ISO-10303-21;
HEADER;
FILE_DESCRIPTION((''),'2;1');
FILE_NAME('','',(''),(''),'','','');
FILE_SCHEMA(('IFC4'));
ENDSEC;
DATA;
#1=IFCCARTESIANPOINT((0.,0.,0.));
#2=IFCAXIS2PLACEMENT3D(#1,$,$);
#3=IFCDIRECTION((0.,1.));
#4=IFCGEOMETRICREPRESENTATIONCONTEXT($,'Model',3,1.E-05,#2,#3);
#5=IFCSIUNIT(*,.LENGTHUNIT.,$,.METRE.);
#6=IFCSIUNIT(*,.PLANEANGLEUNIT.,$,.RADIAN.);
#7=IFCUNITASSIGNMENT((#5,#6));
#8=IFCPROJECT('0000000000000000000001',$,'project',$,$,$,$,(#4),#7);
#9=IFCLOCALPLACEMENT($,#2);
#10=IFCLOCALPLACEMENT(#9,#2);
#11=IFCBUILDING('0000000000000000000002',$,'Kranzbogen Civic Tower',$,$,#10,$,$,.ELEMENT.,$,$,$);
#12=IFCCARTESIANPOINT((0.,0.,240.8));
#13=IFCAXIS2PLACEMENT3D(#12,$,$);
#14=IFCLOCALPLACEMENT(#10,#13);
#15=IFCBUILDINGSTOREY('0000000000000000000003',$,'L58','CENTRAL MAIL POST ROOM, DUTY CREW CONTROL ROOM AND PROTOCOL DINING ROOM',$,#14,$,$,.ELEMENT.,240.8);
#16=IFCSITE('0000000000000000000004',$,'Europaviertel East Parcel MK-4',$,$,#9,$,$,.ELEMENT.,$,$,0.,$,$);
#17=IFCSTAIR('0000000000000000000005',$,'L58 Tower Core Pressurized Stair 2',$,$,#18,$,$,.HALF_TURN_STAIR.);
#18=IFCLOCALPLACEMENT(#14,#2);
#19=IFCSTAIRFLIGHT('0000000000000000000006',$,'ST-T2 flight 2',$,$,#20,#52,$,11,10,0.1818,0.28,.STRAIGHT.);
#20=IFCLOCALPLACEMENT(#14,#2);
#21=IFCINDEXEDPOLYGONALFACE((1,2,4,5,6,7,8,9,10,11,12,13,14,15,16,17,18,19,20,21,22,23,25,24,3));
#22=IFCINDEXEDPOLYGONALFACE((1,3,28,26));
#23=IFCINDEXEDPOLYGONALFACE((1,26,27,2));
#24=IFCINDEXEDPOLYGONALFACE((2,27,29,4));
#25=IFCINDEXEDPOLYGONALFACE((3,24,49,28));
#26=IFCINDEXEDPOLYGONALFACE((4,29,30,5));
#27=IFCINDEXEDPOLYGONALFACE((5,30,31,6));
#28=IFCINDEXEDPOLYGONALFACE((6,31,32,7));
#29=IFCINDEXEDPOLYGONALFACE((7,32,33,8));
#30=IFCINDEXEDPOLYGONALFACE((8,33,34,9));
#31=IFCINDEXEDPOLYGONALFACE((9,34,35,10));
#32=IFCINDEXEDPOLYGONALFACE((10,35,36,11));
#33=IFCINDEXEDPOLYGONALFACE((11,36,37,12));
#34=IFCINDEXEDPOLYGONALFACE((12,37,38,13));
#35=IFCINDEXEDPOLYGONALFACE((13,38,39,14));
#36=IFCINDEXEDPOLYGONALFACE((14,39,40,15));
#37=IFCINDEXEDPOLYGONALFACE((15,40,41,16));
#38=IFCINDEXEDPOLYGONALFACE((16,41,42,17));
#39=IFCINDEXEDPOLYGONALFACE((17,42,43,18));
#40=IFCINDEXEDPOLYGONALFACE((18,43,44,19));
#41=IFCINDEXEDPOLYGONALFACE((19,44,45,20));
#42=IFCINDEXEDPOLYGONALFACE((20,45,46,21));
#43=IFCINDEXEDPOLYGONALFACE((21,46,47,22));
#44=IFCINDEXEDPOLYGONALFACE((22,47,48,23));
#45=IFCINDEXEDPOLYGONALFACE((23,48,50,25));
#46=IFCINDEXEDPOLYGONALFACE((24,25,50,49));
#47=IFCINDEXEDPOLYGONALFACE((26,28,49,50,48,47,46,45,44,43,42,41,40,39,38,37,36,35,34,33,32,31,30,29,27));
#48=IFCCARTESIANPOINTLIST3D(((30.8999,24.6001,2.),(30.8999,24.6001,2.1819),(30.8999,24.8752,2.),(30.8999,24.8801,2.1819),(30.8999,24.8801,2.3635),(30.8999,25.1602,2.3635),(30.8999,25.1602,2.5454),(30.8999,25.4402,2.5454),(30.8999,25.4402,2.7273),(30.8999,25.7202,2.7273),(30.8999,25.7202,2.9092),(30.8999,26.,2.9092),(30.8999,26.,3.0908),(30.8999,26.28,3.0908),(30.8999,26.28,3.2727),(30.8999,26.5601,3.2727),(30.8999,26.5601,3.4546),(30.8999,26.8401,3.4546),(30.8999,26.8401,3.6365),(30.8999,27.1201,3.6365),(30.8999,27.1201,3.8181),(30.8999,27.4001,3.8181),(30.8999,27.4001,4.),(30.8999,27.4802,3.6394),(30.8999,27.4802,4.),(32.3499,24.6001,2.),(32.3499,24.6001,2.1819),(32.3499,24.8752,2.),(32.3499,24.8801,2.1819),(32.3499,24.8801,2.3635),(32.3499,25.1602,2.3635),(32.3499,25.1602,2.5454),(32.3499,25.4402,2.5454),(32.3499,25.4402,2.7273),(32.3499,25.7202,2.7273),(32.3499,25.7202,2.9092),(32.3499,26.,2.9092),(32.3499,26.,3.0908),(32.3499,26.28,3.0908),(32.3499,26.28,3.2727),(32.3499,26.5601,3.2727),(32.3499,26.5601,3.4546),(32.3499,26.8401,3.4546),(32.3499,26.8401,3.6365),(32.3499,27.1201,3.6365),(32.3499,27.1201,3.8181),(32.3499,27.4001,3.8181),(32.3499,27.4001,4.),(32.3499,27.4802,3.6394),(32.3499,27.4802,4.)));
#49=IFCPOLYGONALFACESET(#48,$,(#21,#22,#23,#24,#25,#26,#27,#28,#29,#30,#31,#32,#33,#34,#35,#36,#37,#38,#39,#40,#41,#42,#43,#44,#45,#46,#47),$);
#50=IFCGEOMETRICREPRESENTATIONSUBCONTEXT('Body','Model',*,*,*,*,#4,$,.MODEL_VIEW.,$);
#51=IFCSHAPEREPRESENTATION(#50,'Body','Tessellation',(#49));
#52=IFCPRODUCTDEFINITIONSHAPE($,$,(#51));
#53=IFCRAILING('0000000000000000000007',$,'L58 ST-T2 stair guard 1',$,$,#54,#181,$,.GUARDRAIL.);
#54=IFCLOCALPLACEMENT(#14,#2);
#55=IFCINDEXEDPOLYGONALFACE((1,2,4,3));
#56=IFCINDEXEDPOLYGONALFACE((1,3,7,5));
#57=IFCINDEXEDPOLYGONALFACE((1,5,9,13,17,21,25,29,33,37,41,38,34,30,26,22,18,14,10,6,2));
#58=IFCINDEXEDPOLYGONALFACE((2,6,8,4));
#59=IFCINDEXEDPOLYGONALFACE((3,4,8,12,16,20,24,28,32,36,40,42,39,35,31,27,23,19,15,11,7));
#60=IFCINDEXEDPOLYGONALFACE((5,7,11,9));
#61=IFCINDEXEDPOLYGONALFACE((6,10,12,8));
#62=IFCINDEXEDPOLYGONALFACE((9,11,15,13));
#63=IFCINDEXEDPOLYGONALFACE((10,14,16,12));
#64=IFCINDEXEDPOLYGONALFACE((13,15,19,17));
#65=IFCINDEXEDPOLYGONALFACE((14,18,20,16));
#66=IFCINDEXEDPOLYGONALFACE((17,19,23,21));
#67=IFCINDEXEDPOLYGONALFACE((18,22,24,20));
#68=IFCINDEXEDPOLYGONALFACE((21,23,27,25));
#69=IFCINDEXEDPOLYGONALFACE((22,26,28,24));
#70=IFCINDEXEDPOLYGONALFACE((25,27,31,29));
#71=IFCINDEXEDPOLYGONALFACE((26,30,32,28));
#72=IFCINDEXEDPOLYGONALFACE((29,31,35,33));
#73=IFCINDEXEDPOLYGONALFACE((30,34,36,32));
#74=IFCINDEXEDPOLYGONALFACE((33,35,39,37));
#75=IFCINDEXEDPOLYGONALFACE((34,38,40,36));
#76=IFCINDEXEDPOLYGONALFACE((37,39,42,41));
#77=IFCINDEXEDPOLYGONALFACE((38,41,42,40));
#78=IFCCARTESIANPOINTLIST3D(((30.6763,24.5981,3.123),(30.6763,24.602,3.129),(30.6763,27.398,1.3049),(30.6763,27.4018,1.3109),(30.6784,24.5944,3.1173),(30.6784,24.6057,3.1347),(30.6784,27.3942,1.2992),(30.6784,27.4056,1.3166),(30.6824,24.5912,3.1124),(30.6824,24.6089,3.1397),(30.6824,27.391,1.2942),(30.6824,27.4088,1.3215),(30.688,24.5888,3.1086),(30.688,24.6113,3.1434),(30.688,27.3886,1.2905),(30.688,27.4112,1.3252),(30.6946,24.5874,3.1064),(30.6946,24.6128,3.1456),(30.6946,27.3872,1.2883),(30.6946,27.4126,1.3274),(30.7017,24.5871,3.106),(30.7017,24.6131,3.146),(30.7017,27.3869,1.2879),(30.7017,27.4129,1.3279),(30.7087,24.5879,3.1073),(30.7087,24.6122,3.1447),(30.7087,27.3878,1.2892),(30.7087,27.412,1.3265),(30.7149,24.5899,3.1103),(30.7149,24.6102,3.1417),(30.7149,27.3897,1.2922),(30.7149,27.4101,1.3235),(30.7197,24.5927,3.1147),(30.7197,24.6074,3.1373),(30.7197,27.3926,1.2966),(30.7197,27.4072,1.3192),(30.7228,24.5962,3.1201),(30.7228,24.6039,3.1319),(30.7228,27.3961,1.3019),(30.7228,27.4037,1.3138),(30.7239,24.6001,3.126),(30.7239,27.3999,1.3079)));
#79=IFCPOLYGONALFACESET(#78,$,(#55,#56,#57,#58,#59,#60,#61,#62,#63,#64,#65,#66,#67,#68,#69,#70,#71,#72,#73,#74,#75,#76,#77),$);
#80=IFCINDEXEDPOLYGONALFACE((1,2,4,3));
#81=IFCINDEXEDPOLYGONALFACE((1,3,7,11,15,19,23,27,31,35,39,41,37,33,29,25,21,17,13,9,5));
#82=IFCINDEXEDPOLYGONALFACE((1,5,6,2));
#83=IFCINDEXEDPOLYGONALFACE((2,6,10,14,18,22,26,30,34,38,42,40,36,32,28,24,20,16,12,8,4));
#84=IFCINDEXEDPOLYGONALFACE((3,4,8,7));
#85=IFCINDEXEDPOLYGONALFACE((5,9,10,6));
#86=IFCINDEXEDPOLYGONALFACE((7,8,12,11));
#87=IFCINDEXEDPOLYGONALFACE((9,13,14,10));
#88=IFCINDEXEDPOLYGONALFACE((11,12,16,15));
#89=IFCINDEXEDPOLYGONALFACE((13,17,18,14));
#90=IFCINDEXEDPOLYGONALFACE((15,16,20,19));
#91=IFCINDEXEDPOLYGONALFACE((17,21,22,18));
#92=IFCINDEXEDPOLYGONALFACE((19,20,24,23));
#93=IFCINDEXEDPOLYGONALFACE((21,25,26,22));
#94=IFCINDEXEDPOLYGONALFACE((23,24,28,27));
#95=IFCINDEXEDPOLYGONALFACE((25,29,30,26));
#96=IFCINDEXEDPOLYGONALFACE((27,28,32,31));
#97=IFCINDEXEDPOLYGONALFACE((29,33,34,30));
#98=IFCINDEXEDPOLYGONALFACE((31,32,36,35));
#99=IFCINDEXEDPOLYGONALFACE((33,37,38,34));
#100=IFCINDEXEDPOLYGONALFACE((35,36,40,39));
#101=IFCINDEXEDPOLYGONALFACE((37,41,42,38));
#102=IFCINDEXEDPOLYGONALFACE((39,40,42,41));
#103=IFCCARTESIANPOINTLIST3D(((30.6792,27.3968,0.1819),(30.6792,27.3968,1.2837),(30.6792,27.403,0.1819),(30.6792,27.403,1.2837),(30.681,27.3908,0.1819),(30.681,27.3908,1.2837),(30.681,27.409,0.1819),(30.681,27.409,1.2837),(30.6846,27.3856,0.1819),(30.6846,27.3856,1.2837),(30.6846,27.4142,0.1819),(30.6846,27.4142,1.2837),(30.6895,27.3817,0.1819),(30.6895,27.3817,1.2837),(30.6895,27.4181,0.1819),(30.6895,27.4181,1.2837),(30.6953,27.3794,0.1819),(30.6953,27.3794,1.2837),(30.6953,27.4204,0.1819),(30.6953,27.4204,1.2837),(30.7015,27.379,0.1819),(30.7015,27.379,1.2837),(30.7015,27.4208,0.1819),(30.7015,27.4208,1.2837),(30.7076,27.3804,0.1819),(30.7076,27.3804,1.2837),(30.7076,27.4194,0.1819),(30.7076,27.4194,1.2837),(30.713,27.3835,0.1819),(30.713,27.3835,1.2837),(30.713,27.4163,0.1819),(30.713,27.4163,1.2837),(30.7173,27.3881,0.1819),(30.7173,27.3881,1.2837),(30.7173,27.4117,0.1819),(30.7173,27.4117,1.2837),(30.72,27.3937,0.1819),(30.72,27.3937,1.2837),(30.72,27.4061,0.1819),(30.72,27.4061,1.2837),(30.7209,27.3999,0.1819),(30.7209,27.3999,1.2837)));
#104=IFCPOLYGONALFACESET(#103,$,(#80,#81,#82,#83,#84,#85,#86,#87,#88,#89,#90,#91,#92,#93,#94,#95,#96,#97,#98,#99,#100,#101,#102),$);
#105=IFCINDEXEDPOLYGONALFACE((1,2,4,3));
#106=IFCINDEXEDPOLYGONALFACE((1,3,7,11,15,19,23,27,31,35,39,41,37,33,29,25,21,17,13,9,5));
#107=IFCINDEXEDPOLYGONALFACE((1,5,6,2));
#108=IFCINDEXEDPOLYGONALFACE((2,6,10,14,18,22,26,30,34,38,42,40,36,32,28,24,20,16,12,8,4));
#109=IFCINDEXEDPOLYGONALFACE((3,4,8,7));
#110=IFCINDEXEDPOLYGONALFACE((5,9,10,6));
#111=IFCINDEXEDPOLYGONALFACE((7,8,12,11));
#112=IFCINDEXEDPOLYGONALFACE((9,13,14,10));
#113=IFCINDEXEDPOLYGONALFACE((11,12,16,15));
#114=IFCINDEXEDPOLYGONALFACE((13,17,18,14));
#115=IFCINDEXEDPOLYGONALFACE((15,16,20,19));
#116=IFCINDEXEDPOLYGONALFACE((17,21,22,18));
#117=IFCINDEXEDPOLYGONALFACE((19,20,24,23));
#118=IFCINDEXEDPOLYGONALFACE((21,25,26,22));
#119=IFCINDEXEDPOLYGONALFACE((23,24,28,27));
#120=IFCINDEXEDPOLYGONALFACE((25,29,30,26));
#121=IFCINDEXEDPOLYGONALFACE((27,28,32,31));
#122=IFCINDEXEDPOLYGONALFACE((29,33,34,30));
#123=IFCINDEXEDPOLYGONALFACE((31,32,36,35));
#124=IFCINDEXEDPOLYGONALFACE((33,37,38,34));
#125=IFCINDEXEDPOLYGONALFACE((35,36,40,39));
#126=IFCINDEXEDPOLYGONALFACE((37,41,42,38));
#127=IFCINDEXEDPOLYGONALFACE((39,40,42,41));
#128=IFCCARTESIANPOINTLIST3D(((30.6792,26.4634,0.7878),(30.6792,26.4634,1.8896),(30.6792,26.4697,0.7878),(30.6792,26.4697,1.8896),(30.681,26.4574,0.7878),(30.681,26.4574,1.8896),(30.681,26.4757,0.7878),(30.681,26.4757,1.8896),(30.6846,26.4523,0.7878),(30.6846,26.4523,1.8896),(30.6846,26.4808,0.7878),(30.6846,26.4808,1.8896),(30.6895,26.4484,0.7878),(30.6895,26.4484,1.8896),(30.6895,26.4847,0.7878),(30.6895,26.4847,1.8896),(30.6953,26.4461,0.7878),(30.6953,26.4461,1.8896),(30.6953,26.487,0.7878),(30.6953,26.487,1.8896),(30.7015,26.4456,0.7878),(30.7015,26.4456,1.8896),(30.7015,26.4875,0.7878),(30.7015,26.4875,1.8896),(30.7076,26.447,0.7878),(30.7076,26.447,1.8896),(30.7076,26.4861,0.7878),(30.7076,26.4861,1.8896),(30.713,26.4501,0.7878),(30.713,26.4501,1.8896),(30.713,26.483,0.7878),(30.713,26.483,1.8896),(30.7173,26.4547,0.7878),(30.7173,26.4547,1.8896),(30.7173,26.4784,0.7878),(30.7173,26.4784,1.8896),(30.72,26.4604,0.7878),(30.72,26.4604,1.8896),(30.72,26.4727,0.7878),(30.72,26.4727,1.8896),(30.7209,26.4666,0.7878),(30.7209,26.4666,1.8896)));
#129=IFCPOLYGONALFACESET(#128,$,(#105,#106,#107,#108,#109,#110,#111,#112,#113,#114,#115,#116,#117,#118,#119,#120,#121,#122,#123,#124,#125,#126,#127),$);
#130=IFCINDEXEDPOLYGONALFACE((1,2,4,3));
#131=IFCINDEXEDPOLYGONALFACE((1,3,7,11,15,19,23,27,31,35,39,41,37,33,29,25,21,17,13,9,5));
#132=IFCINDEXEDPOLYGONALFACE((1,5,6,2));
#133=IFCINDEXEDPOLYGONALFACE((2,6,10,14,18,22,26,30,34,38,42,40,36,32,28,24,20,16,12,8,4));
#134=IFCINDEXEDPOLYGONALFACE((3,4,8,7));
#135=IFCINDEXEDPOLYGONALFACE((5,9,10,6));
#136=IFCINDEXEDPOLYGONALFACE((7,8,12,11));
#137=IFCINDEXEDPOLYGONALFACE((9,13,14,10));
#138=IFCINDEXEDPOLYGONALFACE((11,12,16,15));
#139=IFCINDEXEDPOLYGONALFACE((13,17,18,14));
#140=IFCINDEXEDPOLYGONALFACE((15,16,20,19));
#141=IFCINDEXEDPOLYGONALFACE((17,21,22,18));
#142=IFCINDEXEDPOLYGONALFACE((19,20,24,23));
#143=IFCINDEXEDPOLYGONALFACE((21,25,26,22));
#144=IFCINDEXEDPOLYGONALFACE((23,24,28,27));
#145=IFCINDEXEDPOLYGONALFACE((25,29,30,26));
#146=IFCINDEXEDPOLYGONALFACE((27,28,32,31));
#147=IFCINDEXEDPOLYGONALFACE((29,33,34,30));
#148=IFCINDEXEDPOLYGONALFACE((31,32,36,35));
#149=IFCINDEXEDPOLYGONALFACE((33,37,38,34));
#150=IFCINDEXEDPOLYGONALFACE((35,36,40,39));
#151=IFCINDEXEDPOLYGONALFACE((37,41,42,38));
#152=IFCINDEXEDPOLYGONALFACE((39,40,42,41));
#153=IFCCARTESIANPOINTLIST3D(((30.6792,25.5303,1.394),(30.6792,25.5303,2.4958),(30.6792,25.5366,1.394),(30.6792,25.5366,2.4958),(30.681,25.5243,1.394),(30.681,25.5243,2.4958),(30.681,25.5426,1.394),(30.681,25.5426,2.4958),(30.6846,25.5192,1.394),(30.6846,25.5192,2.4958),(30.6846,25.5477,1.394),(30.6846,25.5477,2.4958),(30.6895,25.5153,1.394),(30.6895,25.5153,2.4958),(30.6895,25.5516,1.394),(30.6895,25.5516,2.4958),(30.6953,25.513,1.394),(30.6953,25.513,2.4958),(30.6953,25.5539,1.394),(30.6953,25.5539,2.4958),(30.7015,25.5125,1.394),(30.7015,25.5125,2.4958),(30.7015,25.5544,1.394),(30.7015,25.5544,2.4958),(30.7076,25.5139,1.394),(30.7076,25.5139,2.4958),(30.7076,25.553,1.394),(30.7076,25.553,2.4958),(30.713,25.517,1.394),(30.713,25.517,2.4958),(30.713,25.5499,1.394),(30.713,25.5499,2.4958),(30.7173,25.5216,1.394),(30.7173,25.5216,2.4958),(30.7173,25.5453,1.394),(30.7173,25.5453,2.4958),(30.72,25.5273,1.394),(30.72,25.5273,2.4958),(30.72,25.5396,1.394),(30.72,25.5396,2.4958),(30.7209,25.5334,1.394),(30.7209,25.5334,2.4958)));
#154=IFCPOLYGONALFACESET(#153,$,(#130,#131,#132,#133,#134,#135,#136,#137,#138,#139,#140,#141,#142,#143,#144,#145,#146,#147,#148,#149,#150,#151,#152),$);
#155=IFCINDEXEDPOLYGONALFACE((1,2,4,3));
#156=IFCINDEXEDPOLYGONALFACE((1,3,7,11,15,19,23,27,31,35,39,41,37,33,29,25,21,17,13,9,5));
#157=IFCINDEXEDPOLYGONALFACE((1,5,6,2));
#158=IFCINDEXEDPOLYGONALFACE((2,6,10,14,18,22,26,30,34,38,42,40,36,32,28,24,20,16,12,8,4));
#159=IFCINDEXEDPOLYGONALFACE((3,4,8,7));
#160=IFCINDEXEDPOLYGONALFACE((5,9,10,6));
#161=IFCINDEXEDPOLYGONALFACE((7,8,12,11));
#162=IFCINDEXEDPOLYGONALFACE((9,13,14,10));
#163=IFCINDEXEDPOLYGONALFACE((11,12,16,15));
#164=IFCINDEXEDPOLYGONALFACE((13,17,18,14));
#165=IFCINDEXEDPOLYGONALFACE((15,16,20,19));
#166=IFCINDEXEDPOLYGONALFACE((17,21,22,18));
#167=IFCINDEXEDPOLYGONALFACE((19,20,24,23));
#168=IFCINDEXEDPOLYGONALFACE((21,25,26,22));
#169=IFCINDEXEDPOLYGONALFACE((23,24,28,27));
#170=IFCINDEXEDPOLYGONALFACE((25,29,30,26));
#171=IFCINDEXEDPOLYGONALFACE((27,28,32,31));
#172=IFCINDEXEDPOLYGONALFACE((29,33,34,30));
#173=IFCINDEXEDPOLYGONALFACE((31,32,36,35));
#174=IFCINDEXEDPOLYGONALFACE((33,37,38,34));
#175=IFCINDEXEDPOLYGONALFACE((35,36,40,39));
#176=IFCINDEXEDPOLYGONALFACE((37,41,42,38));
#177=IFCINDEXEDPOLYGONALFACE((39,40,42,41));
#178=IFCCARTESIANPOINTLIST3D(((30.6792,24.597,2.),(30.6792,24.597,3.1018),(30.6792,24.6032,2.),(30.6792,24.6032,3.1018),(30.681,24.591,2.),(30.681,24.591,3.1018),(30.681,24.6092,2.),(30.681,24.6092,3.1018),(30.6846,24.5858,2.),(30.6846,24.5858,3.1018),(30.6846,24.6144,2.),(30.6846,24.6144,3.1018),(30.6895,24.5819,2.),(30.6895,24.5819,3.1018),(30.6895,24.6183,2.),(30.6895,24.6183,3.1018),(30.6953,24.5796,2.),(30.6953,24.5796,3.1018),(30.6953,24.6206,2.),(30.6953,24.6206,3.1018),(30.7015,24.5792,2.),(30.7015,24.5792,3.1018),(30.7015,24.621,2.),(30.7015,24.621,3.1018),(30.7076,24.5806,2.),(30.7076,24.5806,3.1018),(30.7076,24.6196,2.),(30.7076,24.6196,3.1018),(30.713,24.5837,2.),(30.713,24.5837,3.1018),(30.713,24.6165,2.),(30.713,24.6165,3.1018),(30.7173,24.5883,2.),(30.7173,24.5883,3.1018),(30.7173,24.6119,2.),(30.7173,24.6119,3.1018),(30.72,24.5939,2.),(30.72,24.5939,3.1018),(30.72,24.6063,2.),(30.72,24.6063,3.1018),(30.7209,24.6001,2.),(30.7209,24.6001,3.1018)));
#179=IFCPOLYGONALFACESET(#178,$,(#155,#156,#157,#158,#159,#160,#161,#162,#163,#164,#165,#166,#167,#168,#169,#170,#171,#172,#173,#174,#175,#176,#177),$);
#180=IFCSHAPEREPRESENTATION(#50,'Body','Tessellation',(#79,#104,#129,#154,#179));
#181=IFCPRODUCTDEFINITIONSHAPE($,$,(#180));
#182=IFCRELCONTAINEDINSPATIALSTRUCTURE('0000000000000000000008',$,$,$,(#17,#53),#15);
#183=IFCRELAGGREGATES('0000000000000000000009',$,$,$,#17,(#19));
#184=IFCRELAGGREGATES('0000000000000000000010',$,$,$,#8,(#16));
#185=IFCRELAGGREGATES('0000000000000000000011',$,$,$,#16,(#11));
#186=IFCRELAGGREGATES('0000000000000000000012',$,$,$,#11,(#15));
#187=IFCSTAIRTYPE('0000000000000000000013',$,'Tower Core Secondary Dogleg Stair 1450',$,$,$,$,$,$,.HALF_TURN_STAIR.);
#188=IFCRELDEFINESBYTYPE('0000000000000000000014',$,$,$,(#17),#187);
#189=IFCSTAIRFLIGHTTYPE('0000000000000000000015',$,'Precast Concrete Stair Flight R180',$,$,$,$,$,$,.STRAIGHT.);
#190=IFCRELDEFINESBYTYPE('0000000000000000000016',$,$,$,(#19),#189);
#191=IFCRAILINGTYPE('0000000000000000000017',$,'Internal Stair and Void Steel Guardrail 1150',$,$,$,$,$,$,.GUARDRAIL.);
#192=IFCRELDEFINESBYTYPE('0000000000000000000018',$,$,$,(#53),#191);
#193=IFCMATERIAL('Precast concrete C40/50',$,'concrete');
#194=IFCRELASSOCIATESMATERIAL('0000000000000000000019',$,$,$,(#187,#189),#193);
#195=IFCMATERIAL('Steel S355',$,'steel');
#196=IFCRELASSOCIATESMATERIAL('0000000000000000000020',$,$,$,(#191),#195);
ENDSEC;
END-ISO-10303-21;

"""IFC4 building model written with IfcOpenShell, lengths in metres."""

from ifc_helpers import new_model, si_unit, direction, frame, origin, origin_2d, place, context, subcontext, project, spatial, polyline, circle, outline, extrude, material, type_object, element, aggregate, save


model = new_model("IFC4")

# Units and contexts
model_context = context("Model", 3, precision=1e-05, world=origin(), true_north=direction((0.0, 1.0)))
body_context = subcontext(model_context, "Body", "Model", "MODEL_VIEW")
ifc_project = project(units=[si_unit("LENGTHUNIT", "METRE"), si_unit("PLANEANGLEUNIT", "RADIAN")], contexts=[model_context])

# Site, building, storey
site_placement = place(None, origin())
site = spatial("IfcSite", under=ifc_project, at=site_placement, Name="Europaviertel East Parcel MK-4", CompositionType="ELEMENT", RefElevation=0.0)
building_placement = place(site_placement, origin())
building = spatial("IfcBuilding", under=site, at=building_placement, Name="Kranzbogen Civic Tower", CompositionType="ELEMENT")
storey_placement = place(building_placement, frame((0.0, 0.0, 240.8)))
storey = spatial("IfcBuildingStorey", under=building, at=storey_placement, Name="L58", Description="CENTRAL MAIL POST ROOM, DUTY CREW CONTROL ROOM AND PROTOCOL DINING ROOM", CompositionType="ELEMENT", Elevation=240.8)

# Shared definitions
ifc_material_1 = material(Name="Steel S355", Category="steel")

# Stair, stair flight
ifc_material_2 = material(Name="Precast concrete C40/50", Category="concrete")
stair_type = type_object("IfcStairType", Name="Tower Core Secondary Dogleg Stair 1450", PredefinedType="HALF_TURN_STAIR", material=ifc_material_2)
stair_placement = place(storey_placement, origin())
stair = element("IfcStair", 1, at=stair_placement, inside=storey, type_object=stair_type, Name="L58 Tower Core Pressurized Stair 2", PredefinedType="HALF_TURN_STAIR")
stair_flight_type = type_object("IfcStairFlightType", Name="Precast Concrete Stair Flight R180", PredefinedType="STRAIGHT", material=ifc_material_2)
stair_flight_placement = place(storey_placement, frame((31.625, 24.6001, 2.0), z_axis=(0.0, 0.0, 1.0), x_axis=(0.0, 1.0, 0.0)))
stair_flight = element("IfcStairFlight", 2, at=stair_flight_placement, type_object=stair_flight_type, Name="ST-T2 flight 2", NumberOfRisers=11, NumberOfTreads=10, PredefinedType="STRAIGHT", RiserHeight=0.1818, TreadLength=0.28, context=body_context, shape_type="SweptSolid", body=[
    extrude(outline(polyline([(0.0, 0.0), (0.0, 0.1819), (0.28, 0.1819), (0.28, 0.3635), (0.5601, 0.3635), (0.5601, 0.5454), (0.8401, 0.5454), (0.8401, 0.7273), (1.1201, 0.7273), (1.1201, 0.9092), (1.3999, 0.9092), (1.3999, 1.0908), (1.6799, 1.0908), (1.6799, 1.2727), (1.96, 1.2727), (1.96, 1.4546), (2.24, 1.4546), (2.24, 1.6365), (2.52, 1.6365), (2.52, 1.8181), (2.8, 1.8181), (2.8, 2.0), (2.8801, 2.0), (2.8801, 1.6394), (0.2751, 0.0), (0.0, 0.0)])), frame((0.0, 0.7251, 0.0), z_axis=(0.0, -1.0, 0.0), x_axis=(1.0, 0.0, 0.0)), (0.0, 0.0, 1.0), 1.45),
])
aggregate(stair, [stair_flight])

# Railing
railing_type_1 = type_object("IfcRailingType", Name="Internal Stair and Void Steel Guardrail 1150", PredefinedType="GUARDRAIL", material=ifc_material_1)
railing_1_placement = place(storey_placement, frame((30.7, 27.3999, 0.1819)))
element("IfcRailing", 3, at=railing_1_placement, inside=storey, type_object=railing_type_1, Name="L58 ST-T2 stair guard 1", PredefinedType="GUARDRAIL", context=body_context, shape_type="SweptSolid", body=[
    extrude(circle(Radius=0.0239, at=origin_2d()), frame((0.0, 0.0, 1.126), z_axis=(0.0, -0.838684, 0.544618), x_axis=(1.0, 0.0, 0.0)), (0.0, 0.0, 1.0), 3.3384),
    extrude(circle(Radius=0.021, at=origin_2d()), origin(), (0.0, 0.0, 1.0), 1.1018),
    extrude(circle(Radius=0.021, at=origin_2d()), frame((0.0, -0.9333, 0.606)), (0.0, 0.0, 1.0), 1.1018),
    extrude(circle(Radius=0.021, at=origin_2d()), frame((0.0, -1.8665, 1.2122)), (0.0, 0.0, 1.0), 1.1018),
    extrude(circle(Radius=0.021, at=origin_2d()), frame((0.0, -2.7998, 1.8181)), (0.0, 0.0, 1.0), 1.1018),
])

save(model, "model.ifc")
